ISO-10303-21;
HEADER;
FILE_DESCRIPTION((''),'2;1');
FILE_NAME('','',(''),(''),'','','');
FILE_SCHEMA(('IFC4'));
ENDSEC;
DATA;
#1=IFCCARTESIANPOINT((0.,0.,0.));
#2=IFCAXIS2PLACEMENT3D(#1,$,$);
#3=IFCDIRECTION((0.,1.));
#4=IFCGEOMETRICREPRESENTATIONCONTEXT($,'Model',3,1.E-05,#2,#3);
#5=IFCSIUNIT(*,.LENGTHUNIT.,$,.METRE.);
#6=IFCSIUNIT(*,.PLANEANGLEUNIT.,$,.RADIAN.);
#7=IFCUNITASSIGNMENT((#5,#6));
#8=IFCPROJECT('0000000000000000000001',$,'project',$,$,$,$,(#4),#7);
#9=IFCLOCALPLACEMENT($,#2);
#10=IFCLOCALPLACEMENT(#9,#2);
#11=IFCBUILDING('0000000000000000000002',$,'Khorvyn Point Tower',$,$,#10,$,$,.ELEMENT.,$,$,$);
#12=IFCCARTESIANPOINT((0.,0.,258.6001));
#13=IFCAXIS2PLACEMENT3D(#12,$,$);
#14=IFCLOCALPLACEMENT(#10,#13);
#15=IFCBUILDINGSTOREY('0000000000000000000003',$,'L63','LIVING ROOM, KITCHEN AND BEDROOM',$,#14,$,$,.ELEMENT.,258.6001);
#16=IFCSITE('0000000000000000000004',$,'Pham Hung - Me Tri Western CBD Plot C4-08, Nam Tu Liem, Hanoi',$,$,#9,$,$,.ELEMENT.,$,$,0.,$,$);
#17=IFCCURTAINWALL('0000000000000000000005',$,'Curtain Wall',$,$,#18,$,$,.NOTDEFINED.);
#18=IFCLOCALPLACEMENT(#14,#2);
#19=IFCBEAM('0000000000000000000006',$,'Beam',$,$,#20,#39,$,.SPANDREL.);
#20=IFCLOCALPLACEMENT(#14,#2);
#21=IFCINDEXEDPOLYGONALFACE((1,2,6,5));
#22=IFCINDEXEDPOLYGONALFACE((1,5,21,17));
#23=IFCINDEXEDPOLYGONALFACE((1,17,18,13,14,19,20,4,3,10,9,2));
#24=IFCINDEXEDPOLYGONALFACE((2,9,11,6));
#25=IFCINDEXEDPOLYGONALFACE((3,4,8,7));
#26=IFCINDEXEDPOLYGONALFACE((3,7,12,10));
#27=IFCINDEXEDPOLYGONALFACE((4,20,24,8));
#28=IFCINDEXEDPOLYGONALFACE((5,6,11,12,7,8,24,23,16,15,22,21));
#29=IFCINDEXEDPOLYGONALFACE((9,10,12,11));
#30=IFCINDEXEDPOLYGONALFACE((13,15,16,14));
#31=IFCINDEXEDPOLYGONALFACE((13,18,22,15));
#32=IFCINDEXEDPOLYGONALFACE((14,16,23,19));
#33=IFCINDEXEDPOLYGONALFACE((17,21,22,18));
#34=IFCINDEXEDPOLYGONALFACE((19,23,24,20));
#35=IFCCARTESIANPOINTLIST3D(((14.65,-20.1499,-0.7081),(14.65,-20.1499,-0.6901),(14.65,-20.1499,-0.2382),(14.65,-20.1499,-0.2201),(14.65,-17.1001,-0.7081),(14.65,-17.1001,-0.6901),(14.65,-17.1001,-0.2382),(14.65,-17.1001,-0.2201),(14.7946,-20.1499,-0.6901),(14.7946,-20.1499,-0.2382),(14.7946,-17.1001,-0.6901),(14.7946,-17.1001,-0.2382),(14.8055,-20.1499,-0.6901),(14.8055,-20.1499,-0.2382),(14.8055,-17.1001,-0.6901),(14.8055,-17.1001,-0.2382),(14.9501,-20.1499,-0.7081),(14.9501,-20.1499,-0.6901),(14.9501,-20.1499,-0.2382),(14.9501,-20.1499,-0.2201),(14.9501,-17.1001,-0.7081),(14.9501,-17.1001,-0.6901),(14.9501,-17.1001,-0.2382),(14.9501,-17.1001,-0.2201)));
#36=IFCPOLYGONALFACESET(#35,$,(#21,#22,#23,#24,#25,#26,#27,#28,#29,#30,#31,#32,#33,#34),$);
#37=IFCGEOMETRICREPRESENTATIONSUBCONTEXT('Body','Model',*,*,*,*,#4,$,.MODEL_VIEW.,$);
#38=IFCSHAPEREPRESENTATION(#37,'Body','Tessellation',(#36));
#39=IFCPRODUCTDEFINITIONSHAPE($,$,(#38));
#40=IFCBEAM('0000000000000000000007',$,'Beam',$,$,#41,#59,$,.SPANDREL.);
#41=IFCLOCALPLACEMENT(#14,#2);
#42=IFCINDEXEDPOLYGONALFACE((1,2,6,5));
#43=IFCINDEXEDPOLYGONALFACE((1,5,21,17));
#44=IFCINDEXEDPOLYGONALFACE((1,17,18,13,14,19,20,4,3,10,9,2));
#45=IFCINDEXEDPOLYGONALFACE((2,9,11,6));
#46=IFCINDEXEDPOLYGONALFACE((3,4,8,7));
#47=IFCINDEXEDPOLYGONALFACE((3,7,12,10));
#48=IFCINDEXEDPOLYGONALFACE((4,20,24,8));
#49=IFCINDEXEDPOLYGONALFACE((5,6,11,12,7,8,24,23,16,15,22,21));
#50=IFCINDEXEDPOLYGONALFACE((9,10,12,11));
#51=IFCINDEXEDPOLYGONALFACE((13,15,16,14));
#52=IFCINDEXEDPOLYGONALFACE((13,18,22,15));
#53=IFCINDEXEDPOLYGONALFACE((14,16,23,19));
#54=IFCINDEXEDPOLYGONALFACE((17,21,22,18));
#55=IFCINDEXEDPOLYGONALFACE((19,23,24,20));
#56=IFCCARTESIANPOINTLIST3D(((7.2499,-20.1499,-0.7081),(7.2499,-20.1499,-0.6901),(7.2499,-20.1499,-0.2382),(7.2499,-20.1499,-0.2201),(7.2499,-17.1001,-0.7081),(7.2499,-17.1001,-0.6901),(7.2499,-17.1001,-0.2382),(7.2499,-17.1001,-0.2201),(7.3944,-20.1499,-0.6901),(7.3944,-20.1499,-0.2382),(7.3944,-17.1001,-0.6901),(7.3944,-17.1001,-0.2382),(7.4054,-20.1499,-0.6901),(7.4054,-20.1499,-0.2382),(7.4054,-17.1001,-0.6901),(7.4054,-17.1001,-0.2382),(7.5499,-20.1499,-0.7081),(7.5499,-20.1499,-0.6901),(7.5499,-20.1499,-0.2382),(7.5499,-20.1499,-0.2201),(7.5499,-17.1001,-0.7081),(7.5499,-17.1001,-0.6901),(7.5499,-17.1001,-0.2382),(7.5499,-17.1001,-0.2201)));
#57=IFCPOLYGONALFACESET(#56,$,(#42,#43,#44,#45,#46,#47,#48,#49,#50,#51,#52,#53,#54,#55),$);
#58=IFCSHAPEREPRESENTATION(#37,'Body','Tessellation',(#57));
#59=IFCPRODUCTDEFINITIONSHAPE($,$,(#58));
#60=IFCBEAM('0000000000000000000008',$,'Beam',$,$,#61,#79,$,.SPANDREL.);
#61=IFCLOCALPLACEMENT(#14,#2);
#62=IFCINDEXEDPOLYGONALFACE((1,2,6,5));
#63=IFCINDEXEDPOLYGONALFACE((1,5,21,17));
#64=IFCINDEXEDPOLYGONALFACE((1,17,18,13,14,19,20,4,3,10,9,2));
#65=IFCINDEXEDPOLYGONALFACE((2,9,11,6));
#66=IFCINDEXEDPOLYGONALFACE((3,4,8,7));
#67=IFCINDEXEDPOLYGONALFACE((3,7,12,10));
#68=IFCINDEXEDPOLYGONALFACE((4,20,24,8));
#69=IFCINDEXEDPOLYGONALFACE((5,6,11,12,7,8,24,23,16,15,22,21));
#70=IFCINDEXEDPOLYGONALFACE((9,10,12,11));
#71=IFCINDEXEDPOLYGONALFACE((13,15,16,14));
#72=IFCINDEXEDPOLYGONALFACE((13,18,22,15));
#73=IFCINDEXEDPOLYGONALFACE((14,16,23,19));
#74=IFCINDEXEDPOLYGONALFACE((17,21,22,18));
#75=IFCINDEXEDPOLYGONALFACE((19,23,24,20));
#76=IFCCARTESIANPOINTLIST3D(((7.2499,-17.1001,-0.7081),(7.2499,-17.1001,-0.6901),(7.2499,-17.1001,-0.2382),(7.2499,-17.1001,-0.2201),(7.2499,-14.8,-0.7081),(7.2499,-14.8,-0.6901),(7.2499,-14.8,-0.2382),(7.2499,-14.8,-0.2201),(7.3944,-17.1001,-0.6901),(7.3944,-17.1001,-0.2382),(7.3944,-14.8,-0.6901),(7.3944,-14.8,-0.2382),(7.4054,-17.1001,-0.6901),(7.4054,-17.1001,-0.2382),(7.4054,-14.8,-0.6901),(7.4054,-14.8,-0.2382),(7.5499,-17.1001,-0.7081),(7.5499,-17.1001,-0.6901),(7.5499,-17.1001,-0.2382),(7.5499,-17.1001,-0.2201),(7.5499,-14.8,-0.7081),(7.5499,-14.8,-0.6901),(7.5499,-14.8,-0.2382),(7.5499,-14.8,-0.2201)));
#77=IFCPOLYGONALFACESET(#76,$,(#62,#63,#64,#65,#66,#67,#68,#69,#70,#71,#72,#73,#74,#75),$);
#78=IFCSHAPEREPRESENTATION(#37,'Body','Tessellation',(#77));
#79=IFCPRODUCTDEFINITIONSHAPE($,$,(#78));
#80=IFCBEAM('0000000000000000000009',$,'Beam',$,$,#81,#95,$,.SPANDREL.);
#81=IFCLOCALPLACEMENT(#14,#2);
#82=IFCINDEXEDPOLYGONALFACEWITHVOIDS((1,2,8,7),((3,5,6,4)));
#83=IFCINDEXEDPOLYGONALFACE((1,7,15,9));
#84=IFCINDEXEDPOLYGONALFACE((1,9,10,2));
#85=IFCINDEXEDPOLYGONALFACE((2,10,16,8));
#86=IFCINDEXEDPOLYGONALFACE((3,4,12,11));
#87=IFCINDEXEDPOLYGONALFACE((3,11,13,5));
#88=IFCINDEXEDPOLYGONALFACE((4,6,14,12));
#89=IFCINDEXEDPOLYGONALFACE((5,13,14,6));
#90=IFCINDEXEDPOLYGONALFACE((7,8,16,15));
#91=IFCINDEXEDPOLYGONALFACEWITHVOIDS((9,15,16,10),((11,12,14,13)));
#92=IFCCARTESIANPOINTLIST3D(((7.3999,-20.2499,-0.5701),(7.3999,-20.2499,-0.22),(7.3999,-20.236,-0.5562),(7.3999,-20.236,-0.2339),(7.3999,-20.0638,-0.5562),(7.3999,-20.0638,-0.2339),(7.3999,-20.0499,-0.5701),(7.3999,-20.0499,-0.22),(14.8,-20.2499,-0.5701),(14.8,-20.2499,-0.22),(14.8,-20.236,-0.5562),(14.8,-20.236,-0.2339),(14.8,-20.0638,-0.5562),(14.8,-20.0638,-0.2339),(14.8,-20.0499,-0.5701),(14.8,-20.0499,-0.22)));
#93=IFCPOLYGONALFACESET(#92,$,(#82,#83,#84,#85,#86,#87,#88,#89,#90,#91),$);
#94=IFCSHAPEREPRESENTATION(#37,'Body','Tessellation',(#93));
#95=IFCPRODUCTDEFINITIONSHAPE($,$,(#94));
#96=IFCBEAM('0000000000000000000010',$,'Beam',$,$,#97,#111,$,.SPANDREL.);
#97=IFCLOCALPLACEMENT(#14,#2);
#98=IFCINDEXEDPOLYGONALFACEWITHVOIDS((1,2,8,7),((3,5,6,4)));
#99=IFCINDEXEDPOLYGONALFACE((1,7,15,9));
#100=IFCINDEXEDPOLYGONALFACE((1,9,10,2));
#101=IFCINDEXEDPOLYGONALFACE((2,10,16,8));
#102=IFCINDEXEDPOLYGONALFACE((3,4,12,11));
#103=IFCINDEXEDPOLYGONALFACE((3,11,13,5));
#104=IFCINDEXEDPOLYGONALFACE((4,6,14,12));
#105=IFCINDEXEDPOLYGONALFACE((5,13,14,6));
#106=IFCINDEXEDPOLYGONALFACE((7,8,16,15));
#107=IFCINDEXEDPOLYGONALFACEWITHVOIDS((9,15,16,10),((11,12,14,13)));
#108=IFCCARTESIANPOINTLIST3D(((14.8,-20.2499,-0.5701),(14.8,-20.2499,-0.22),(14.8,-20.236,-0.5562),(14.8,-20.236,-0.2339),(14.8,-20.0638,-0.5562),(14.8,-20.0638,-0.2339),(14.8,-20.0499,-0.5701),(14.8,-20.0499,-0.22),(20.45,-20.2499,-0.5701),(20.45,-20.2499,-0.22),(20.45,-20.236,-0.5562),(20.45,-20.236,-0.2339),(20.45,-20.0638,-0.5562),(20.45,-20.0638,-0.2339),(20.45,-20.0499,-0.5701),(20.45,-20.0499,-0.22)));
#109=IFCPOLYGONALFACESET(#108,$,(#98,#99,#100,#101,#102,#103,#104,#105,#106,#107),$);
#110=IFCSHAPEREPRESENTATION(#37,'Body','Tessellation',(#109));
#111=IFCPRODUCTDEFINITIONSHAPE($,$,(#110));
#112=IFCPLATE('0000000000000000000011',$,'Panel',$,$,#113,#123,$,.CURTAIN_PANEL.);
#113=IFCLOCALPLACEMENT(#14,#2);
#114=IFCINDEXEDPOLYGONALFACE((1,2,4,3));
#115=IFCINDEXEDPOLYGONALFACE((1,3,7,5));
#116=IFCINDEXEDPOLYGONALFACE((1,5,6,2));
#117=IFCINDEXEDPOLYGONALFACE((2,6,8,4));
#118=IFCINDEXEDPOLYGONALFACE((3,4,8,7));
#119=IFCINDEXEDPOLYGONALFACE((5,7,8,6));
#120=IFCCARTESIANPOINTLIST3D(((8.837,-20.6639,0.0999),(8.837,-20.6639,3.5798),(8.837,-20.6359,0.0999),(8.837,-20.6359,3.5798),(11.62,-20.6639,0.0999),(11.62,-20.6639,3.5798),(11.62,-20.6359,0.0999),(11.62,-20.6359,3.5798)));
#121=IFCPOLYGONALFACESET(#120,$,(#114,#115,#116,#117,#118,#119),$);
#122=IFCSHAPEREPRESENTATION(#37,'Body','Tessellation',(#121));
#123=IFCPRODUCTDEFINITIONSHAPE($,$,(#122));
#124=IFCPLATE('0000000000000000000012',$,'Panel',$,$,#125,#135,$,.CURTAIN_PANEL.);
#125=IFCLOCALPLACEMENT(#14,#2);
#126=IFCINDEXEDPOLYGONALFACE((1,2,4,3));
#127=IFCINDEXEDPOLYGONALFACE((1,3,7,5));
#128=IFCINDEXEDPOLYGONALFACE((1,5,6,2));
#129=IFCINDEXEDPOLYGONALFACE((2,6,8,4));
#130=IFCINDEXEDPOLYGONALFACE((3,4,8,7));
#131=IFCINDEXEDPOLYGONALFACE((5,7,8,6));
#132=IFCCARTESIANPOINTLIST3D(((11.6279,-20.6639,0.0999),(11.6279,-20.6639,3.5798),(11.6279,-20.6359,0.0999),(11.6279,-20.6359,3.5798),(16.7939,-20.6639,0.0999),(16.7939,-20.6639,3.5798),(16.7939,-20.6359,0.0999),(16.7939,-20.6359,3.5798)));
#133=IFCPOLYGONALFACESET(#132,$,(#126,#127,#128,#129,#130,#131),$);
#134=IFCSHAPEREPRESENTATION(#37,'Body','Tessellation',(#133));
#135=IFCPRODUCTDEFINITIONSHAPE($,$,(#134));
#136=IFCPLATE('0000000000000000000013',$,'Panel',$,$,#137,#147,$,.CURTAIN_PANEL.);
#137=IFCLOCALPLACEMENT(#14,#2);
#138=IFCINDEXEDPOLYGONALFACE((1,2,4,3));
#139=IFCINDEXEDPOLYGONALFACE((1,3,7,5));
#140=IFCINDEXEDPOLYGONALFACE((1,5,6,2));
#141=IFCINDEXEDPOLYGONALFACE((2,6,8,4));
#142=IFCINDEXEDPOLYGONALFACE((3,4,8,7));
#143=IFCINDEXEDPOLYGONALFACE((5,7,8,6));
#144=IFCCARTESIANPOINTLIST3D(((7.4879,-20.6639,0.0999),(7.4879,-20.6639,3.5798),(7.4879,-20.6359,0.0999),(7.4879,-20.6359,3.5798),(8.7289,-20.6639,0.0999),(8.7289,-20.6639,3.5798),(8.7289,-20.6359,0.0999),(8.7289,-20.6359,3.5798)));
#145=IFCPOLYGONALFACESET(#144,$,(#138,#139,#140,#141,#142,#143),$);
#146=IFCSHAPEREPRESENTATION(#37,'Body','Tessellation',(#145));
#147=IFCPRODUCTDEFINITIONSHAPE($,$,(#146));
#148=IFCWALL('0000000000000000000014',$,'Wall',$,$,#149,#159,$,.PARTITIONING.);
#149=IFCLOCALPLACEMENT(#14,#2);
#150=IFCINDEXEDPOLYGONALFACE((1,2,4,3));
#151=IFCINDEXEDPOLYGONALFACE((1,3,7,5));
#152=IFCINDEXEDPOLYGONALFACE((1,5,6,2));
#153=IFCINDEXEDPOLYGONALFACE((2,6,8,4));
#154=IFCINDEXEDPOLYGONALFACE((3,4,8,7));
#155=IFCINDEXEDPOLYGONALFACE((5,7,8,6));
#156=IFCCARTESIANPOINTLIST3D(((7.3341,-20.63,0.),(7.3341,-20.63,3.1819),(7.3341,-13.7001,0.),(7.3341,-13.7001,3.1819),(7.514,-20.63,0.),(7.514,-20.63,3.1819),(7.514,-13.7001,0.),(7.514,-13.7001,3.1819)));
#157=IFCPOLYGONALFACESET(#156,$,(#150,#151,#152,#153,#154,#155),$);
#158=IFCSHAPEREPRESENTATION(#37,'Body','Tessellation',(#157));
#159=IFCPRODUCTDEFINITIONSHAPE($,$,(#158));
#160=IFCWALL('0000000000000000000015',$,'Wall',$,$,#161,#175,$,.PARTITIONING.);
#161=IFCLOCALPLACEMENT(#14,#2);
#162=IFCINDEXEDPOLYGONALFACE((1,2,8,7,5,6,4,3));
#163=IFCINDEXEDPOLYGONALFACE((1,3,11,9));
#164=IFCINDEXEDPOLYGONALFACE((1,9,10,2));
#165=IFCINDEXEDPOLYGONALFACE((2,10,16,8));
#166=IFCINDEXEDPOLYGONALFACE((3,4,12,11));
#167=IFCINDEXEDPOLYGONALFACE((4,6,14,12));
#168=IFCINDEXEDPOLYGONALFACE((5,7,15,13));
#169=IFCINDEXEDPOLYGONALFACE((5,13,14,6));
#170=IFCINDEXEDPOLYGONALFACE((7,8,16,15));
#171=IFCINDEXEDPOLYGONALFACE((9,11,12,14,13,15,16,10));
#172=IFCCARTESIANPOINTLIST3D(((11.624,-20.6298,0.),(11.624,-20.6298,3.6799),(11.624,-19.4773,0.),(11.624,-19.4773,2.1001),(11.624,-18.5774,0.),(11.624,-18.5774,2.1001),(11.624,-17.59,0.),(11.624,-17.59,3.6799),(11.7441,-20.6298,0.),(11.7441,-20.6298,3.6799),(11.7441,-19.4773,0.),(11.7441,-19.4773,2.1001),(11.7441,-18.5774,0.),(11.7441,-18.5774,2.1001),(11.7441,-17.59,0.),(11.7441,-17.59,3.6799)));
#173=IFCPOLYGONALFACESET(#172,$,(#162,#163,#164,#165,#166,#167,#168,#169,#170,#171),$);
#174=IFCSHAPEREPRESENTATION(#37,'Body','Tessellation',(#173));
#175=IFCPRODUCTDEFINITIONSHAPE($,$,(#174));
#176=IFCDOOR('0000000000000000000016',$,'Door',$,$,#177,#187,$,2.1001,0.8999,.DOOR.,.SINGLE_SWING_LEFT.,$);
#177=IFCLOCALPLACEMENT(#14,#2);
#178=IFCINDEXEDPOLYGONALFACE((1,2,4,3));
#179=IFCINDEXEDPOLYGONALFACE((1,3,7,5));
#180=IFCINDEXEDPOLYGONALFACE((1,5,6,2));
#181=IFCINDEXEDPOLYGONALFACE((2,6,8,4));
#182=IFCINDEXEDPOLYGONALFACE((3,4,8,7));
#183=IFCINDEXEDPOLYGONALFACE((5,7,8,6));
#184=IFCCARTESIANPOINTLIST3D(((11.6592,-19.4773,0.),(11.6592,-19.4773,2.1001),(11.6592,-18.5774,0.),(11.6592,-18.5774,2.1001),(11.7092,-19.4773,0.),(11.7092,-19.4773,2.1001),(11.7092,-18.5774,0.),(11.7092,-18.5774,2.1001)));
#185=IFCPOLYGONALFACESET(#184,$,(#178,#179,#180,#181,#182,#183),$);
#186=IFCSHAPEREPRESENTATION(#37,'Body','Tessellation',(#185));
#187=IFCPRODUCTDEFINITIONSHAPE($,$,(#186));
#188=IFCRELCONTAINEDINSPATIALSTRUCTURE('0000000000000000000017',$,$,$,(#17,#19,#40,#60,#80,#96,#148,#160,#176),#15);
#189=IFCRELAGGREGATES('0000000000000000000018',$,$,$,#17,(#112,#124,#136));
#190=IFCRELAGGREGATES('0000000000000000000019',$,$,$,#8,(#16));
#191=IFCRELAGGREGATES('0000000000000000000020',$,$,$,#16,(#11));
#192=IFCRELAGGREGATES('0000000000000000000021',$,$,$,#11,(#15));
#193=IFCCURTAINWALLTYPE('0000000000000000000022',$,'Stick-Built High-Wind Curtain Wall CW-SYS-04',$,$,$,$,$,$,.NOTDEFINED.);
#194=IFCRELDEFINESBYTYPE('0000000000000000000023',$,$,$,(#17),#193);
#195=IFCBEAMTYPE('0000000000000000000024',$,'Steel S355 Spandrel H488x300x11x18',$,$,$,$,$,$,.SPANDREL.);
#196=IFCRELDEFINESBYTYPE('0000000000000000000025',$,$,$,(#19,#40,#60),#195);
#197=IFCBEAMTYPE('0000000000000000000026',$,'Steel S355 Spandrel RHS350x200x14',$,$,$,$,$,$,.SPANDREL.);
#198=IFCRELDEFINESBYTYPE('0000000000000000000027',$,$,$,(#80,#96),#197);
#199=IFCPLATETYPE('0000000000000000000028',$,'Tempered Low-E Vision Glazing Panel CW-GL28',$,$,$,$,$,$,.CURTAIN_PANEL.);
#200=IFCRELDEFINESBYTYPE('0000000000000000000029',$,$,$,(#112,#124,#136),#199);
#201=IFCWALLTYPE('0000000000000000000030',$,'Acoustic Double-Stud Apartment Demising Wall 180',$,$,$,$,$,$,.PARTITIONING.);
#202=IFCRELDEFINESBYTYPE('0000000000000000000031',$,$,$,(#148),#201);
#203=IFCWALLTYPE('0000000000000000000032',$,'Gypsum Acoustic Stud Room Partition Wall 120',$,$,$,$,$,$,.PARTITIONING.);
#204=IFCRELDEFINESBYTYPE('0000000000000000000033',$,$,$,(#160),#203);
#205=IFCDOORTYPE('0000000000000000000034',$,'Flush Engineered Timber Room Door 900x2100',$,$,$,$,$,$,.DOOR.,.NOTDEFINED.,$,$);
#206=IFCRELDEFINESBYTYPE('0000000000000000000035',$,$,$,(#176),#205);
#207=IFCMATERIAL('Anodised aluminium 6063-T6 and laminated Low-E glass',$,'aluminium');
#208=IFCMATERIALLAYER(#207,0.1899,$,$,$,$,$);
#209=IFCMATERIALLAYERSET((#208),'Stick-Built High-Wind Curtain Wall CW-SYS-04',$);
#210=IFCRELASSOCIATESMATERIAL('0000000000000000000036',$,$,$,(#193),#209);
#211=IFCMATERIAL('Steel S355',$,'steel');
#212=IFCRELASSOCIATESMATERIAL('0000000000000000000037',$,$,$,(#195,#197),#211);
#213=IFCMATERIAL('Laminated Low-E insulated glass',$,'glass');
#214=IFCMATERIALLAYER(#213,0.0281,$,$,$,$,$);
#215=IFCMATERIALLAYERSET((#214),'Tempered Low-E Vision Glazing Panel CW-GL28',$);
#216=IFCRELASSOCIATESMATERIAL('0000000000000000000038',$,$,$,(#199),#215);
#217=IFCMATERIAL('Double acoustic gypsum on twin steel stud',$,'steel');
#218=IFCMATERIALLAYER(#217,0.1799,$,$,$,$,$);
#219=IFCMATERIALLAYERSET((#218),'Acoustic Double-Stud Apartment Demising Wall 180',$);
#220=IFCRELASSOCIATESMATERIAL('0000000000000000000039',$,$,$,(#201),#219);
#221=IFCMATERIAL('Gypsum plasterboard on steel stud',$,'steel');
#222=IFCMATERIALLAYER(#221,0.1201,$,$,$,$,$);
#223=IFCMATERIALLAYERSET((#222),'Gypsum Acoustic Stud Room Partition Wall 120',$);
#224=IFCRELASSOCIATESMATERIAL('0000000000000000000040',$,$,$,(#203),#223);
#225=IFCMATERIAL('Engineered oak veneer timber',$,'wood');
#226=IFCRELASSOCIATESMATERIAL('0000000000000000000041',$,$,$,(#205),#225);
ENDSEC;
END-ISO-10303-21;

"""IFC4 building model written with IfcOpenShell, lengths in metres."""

from ifc_helpers import new_model, si_unit, direction, frame, frame_2d, origin, origin_2d, place, context, subcontext, project, spatial, rectangle, hollow_rectangle, i_section, extrude, material, layer, layer_set, material_profile, profile_set, type_object, element, fill, aggregate, save


model = new_model("IFC4")

# Units and contexts
model_context = context("Model", 3, precision=1e-05, world=origin(), true_north=direction((0.0, 1.0)))
body_context = subcontext(model_context, "Body", "Model", "MODEL_VIEW")
ifc_project = project(units=[si_unit("LENGTHUNIT", "METRE"), si_unit("PLANEANGLEUNIT", "RADIAN")], contexts=[model_context])

# Site, building, storey
site_placement = place(None, origin())
site = spatial("IfcSite", under=ifc_project, at=site_placement, Name="Pham Hung - Me Tri Western CBD Plot C4-08, Nam Tu Liem, Hanoi", CompositionType="ELEMENT", RefElevation=0.0)
building_placement = place(site_placement, origin())
building = spatial("IfcBuilding", under=site, at=building_placement, Name="Khorvyn Point Tower", CompositionType="ELEMENT")
storey_placement = place(building_placement, frame((0.0, 0.0, 258.6001)))
storey = spatial("IfcBuildingStorey", under=building, at=storey_placement, Name="L63", Description="LIVING ROOM, KITCHEN AND BEDROOM", CompositionType="ELEMENT", Elevation=258.6001)

# Shared definitions
ifc_material_1 = material(Name="Steel S355", Category="steel")

# Curtain wall
ifc_material_2 = material(Name="Anodised aluminium 6063-T6 and laminated Low-E glass", Category="aluminium")
ifc_layer_1 = layer(ifc_material_2, 0.1899)
ifc_layer_set_1 = layer_set([ifc_layer_1], Name="Stick-Built High-Wind Curtain Wall CW-SYS-04")
curtain_wall_type = type_object("IfcCurtainWallType", Name="Stick-Built High-Wind Curtain Wall CW-SYS-04", PredefinedType="NOTDEFINED", material=ifc_layer_set_1)
curtain_wall_placement = place(storey_placement, origin())
curtain_wall = element("IfcCurtainWall", 1, at=curtain_wall_placement, inside=storey, type_object=curtain_wall_type, Name="Curtain Wall", PredefinedType="NOTDEFINED")

# Beams
ifc_material_profile_1 = material_profile(ifc_material_1, i_section(OverallWidth=0.3, OverallDepth=0.488, WebThickness=0.011, FlangeThickness=0.0181, at=origin_2d()))
ifc_profile_set_1 = profile_set([ifc_material_profile_1], Name="Steel S355 H488x300x11x18")
beam_type_1 = type_object("IfcBeamType", Name="Steel S355 Spandrel H488x300x11x18", PredefinedType="SPANDREL", material=ifc_profile_set_1)
for number, where, z_axis, x_axis, name in (
    (2, (14.8, -20.1499, -0.4641), (0.0, 1.0, 0.0), (-1.0, 0.0, 0.0), "Beam"),
    (3, (7.3999, -20.1499, -0.4641), (0.0, 1.0, 0.0), (-1.0, 0.0, 0.0), "Beam"),
):
    element("IfcBeam", number, at=place(storey_placement, frame(where, z_axis=z_axis, x_axis=x_axis)), inside=storey, type_object=beam_type_1, Name=name, PredefinedType="SPANDREL", context=body_context, shape_type="SweptSolid", body=[
        extrude(i_section(OverallWidth=0.3, OverallDepth=0.488, WebThickness=0.011, FlangeThickness=0.0181, at=origin_2d()), origin(), (0.0, 0.0, 1.0), 3.0498),
    ])
beam_1_placement = place(storey_placement, frame((7.3999, -17.1001, -0.4641), z_axis=(0.0, 1.0, 0.0), x_axis=(-1.0, 0.0, 0.0)))
element("IfcBeam", 4, at=beam_1_placement, inside=storey, type_object=beam_type_1, Name="Beam", PredefinedType="SPANDREL", context=body_context, shape_type="SweptSolid", body=[
    extrude(i_section(OverallWidth=0.3, OverallDepth=0.488, WebThickness=0.011, FlangeThickness=0.0181, at=origin_2d()), origin(), (0.0, 0.0, 1.0), 2.3),
])
ifc_material_profile_2 = material_profile(ifc_material_1, hollow_rectangle(XDim=0.2, YDim=0.3501, WallThickness=0.0139, at=origin_2d()))
ifc_profile_set_2 = profile_set([ifc_material_profile_2], Name="Steel S355 RHS350x200x14")
beam_type_2 = type_object("IfcBeamType", Name="Steel S355 Spandrel RHS350x200x14", PredefinedType="SPANDREL", material=ifc_profile_set_2)
beam_2_placement = place(storey_placement, frame((7.3999, -20.1499, -0.395), z_axis=(1.0, 0.0, 0.0), x_axis=(0.0, 1.0, 0.0)))
element("IfcBeam", 5, at=beam_2_placement, inside=storey, type_object=beam_type_2, Name="Beam", PredefinedType="SPANDREL", context=body_context, shape_type="SweptSolid", body=[
    extrude(hollow_rectangle(XDim=0.2, YDim=0.3501, WallThickness=0.0139, at=origin_2d()), origin(), (0.0, 0.0, 1.0), 7.4001),
])
beam_3_placement = place(storey_placement, frame((14.8, -20.1499, -0.395), z_axis=(1.0, 0.0, 0.0), x_axis=(0.0, 1.0, 0.0)))
element("IfcBeam", 6, at=beam_3_placement, inside=storey, type_object=beam_type_2, Name="Beam", PredefinedType="SPANDREL", context=body_context, shape_type="SweptSolid", body=[
    extrude(hollow_rectangle(XDim=0.2, YDim=0.3501, WallThickness=0.0139, at=origin_2d()), origin(), (0.0, 0.0, 1.0), 5.6499),
])

# Plates
ifc_material_3 = material(Name="Laminated Low-E insulated glass", Category="glass")
ifc_layer_2 = layer(ifc_material_3, 0.0281)
ifc_layer_set_2 = layer_set([ifc_layer_2], Name="Tempered Low-E Vision Glazing Panel CW-GL28")
plate_type = type_object("IfcPlateType", Name="Tempered Low-E Vision Glazing Panel CW-GL28", PredefinedType="CURTAIN_PANEL", material=ifc_layer_set_2)
plate_1_placement = place(storey_placement, frame((10.2285, -20.6499, 0.0999), z_axis=(0.0, 0.0, 1.0), x_axis=(-1.0, 0.0, 0.0)))
plate_1 = element("IfcPlate", 7, at=plate_1_placement, type_object=plate_type, Name="Panel", PredefinedType="CURTAIN_PANEL", context=body_context, shape_type="SweptSolid", body=[
    extrude(rectangle(XDim=2.783, YDim=0.0281, at=origin_2d()), origin(), (0.0, 0.0, 1.0), 3.48),
])
plate_2_placement = place(storey_placement, frame((14.2109, -20.6499, 0.0999), z_axis=(0.0, 0.0, 1.0), x_axis=(-1.0, 0.0, 0.0)))
plate_2 = element("IfcPlate", 8, at=plate_2_placement, type_object=plate_type, Name="Panel", PredefinedType="CURTAIN_PANEL", context=body_context, shape_type="SweptSolid", body=[
    extrude(rectangle(XDim=5.166, YDim=0.0281, at=origin_2d()), origin(), (0.0, 0.0, 1.0), 3.48),
])
plate_3_placement = place(storey_placement, frame((8.1084, -20.6499, 0.0999), z_axis=(0.0, 0.0, 1.0), x_axis=(-1.0, 0.0, 0.0)))
plate_3 = element("IfcPlate", 9, at=plate_3_placement, type_object=plate_type, Name="Panel", PredefinedType="CURTAIN_PANEL", context=body_context, shape_type="SweptSolid", body=[
    extrude(rectangle(XDim=1.241, YDim=0.0281, at=origin_2d()), origin(), (0.0, 0.0, 1.0), 3.48),
])
aggregate(curtain_wall, [plate_1, plate_2, plate_3])

# Wall
ifc_material_4 = material(Name="Double acoustic gypsum on twin steel stud", Category="steel")
ifc_layer_3 = layer(ifc_material_4, 0.1799)
ifc_layer_set_3 = layer_set([ifc_layer_3], Name="Acoustic Double-Stud Apartment Demising Wall 180")
wall_type_1 = type_object("IfcWallType", Name="Acoustic Double-Stud Apartment Demising Wall 180", PredefinedType="PARTITIONING", material=ifc_layer_set_3)
wall_1_placement = place(storey_placement, frame((7.4241, -20.6299, 0.0), z_axis=(0.0, 0.0, 1.0), x_axis=(0.0, 1.0, 0.0)))
element("IfcWall", 10, at=wall_1_placement, inside=storey, type_object=wall_type_1, Name="Wall", PredefinedType="PARTITIONING", context=body_context, shape_type="SweptSolid", body=[
    extrude(rectangle(XDim=6.9299, YDim=0.1799, at=frame_2d((3.4648, 0.0))), origin(), (0.0, 0.0, 1.0), 3.1819),
])

# Wall, opening, door
ifc_material_5 = material(Name="Gypsum plasterboard on steel stud", Category="steel")
ifc_layer_4 = layer(ifc_material_5, 0.1201)
ifc_layer_set_4 = layer_set([ifc_layer_4], Name="Gypsum Acoustic Stud Room Partition Wall 120")
wall_type_2 = type_object("IfcWallType", Name="Gypsum Acoustic Stud Room Partition Wall 120", PredefinedType="PARTITIONING", material=ifc_layer_set_4)
wall_2_placement = place(storey_placement, frame((11.6841, -20.6299, 0.0), z_axis=(0.0, 0.0, 1.0), x_axis=(0.0, 1.0, 0.0)))
wall_2 = element("IfcWall", 11, at=wall_2_placement, inside=storey, type_object=wall_type_2, Name="Wall", PredefinedType="PARTITIONING", context=body_context, shape_type="SweptSolid", body=[
    extrude(rectangle(XDim=3.0398, YDim=0.1201, at=frame_2d((1.52, 0.0))), origin(), (0.0, 0.0, 1.0), 3.6799),
])
opening_1_placement = place(wall_2_placement, frame((1.1526, 0.0, 0.0)))
opening_1 = element("IfcOpeningElement", 12, at=opening_1_placement, cuts=wall_2, PredefinedType="OPENING", context=body_context, shape_type="SweptSolid", body=[
    extrude(rectangle(XDim=0.8999, YDim=2.1001, at=frame_2d((0.45, 1.05))), frame((0.0, 0.0701, 0.0), z_axis=(0.0, -1.0, 0.0), x_axis=(1.0, 0.0, 0.0)), (0.0, 0.0, 1.0), 0.1401),
])
ifc_material_6 = material(Name="Engineered oak veneer timber", Category="wood")
door_type_1 = type_object("IfcDoorType", Name="Flush Engineered Timber Room Door 900x2100", OperationType="NOTDEFINED", PredefinedType="DOOR", material=ifc_material_6)
door_1_placement = place(opening_1_placement, origin())
door_1 = element("IfcDoor", 13, at=door_1_placement, inside=storey, type_object=door_type_1, Name="Door", OperationType="SINGLE_SWING_LEFT", OverallHeight=2.1001, OverallWidth=0.8999, PredefinedType="DOOR", context=body_context, shape_type="SweptSolid", body=[
    extrude(rectangle(XDim=0.8999, YDim=2.1001, at=frame_2d((0.45, 1.05))), frame((0.0, 0.0249, 0.0), z_axis=(0.0, -1.0, 0.0), x_axis=(1.0, 0.0, 0.0)), (0.0, 0.0, 1.0), 0.05),
])
fill(opening_1, door_1)

save(model, "model.ifc")
